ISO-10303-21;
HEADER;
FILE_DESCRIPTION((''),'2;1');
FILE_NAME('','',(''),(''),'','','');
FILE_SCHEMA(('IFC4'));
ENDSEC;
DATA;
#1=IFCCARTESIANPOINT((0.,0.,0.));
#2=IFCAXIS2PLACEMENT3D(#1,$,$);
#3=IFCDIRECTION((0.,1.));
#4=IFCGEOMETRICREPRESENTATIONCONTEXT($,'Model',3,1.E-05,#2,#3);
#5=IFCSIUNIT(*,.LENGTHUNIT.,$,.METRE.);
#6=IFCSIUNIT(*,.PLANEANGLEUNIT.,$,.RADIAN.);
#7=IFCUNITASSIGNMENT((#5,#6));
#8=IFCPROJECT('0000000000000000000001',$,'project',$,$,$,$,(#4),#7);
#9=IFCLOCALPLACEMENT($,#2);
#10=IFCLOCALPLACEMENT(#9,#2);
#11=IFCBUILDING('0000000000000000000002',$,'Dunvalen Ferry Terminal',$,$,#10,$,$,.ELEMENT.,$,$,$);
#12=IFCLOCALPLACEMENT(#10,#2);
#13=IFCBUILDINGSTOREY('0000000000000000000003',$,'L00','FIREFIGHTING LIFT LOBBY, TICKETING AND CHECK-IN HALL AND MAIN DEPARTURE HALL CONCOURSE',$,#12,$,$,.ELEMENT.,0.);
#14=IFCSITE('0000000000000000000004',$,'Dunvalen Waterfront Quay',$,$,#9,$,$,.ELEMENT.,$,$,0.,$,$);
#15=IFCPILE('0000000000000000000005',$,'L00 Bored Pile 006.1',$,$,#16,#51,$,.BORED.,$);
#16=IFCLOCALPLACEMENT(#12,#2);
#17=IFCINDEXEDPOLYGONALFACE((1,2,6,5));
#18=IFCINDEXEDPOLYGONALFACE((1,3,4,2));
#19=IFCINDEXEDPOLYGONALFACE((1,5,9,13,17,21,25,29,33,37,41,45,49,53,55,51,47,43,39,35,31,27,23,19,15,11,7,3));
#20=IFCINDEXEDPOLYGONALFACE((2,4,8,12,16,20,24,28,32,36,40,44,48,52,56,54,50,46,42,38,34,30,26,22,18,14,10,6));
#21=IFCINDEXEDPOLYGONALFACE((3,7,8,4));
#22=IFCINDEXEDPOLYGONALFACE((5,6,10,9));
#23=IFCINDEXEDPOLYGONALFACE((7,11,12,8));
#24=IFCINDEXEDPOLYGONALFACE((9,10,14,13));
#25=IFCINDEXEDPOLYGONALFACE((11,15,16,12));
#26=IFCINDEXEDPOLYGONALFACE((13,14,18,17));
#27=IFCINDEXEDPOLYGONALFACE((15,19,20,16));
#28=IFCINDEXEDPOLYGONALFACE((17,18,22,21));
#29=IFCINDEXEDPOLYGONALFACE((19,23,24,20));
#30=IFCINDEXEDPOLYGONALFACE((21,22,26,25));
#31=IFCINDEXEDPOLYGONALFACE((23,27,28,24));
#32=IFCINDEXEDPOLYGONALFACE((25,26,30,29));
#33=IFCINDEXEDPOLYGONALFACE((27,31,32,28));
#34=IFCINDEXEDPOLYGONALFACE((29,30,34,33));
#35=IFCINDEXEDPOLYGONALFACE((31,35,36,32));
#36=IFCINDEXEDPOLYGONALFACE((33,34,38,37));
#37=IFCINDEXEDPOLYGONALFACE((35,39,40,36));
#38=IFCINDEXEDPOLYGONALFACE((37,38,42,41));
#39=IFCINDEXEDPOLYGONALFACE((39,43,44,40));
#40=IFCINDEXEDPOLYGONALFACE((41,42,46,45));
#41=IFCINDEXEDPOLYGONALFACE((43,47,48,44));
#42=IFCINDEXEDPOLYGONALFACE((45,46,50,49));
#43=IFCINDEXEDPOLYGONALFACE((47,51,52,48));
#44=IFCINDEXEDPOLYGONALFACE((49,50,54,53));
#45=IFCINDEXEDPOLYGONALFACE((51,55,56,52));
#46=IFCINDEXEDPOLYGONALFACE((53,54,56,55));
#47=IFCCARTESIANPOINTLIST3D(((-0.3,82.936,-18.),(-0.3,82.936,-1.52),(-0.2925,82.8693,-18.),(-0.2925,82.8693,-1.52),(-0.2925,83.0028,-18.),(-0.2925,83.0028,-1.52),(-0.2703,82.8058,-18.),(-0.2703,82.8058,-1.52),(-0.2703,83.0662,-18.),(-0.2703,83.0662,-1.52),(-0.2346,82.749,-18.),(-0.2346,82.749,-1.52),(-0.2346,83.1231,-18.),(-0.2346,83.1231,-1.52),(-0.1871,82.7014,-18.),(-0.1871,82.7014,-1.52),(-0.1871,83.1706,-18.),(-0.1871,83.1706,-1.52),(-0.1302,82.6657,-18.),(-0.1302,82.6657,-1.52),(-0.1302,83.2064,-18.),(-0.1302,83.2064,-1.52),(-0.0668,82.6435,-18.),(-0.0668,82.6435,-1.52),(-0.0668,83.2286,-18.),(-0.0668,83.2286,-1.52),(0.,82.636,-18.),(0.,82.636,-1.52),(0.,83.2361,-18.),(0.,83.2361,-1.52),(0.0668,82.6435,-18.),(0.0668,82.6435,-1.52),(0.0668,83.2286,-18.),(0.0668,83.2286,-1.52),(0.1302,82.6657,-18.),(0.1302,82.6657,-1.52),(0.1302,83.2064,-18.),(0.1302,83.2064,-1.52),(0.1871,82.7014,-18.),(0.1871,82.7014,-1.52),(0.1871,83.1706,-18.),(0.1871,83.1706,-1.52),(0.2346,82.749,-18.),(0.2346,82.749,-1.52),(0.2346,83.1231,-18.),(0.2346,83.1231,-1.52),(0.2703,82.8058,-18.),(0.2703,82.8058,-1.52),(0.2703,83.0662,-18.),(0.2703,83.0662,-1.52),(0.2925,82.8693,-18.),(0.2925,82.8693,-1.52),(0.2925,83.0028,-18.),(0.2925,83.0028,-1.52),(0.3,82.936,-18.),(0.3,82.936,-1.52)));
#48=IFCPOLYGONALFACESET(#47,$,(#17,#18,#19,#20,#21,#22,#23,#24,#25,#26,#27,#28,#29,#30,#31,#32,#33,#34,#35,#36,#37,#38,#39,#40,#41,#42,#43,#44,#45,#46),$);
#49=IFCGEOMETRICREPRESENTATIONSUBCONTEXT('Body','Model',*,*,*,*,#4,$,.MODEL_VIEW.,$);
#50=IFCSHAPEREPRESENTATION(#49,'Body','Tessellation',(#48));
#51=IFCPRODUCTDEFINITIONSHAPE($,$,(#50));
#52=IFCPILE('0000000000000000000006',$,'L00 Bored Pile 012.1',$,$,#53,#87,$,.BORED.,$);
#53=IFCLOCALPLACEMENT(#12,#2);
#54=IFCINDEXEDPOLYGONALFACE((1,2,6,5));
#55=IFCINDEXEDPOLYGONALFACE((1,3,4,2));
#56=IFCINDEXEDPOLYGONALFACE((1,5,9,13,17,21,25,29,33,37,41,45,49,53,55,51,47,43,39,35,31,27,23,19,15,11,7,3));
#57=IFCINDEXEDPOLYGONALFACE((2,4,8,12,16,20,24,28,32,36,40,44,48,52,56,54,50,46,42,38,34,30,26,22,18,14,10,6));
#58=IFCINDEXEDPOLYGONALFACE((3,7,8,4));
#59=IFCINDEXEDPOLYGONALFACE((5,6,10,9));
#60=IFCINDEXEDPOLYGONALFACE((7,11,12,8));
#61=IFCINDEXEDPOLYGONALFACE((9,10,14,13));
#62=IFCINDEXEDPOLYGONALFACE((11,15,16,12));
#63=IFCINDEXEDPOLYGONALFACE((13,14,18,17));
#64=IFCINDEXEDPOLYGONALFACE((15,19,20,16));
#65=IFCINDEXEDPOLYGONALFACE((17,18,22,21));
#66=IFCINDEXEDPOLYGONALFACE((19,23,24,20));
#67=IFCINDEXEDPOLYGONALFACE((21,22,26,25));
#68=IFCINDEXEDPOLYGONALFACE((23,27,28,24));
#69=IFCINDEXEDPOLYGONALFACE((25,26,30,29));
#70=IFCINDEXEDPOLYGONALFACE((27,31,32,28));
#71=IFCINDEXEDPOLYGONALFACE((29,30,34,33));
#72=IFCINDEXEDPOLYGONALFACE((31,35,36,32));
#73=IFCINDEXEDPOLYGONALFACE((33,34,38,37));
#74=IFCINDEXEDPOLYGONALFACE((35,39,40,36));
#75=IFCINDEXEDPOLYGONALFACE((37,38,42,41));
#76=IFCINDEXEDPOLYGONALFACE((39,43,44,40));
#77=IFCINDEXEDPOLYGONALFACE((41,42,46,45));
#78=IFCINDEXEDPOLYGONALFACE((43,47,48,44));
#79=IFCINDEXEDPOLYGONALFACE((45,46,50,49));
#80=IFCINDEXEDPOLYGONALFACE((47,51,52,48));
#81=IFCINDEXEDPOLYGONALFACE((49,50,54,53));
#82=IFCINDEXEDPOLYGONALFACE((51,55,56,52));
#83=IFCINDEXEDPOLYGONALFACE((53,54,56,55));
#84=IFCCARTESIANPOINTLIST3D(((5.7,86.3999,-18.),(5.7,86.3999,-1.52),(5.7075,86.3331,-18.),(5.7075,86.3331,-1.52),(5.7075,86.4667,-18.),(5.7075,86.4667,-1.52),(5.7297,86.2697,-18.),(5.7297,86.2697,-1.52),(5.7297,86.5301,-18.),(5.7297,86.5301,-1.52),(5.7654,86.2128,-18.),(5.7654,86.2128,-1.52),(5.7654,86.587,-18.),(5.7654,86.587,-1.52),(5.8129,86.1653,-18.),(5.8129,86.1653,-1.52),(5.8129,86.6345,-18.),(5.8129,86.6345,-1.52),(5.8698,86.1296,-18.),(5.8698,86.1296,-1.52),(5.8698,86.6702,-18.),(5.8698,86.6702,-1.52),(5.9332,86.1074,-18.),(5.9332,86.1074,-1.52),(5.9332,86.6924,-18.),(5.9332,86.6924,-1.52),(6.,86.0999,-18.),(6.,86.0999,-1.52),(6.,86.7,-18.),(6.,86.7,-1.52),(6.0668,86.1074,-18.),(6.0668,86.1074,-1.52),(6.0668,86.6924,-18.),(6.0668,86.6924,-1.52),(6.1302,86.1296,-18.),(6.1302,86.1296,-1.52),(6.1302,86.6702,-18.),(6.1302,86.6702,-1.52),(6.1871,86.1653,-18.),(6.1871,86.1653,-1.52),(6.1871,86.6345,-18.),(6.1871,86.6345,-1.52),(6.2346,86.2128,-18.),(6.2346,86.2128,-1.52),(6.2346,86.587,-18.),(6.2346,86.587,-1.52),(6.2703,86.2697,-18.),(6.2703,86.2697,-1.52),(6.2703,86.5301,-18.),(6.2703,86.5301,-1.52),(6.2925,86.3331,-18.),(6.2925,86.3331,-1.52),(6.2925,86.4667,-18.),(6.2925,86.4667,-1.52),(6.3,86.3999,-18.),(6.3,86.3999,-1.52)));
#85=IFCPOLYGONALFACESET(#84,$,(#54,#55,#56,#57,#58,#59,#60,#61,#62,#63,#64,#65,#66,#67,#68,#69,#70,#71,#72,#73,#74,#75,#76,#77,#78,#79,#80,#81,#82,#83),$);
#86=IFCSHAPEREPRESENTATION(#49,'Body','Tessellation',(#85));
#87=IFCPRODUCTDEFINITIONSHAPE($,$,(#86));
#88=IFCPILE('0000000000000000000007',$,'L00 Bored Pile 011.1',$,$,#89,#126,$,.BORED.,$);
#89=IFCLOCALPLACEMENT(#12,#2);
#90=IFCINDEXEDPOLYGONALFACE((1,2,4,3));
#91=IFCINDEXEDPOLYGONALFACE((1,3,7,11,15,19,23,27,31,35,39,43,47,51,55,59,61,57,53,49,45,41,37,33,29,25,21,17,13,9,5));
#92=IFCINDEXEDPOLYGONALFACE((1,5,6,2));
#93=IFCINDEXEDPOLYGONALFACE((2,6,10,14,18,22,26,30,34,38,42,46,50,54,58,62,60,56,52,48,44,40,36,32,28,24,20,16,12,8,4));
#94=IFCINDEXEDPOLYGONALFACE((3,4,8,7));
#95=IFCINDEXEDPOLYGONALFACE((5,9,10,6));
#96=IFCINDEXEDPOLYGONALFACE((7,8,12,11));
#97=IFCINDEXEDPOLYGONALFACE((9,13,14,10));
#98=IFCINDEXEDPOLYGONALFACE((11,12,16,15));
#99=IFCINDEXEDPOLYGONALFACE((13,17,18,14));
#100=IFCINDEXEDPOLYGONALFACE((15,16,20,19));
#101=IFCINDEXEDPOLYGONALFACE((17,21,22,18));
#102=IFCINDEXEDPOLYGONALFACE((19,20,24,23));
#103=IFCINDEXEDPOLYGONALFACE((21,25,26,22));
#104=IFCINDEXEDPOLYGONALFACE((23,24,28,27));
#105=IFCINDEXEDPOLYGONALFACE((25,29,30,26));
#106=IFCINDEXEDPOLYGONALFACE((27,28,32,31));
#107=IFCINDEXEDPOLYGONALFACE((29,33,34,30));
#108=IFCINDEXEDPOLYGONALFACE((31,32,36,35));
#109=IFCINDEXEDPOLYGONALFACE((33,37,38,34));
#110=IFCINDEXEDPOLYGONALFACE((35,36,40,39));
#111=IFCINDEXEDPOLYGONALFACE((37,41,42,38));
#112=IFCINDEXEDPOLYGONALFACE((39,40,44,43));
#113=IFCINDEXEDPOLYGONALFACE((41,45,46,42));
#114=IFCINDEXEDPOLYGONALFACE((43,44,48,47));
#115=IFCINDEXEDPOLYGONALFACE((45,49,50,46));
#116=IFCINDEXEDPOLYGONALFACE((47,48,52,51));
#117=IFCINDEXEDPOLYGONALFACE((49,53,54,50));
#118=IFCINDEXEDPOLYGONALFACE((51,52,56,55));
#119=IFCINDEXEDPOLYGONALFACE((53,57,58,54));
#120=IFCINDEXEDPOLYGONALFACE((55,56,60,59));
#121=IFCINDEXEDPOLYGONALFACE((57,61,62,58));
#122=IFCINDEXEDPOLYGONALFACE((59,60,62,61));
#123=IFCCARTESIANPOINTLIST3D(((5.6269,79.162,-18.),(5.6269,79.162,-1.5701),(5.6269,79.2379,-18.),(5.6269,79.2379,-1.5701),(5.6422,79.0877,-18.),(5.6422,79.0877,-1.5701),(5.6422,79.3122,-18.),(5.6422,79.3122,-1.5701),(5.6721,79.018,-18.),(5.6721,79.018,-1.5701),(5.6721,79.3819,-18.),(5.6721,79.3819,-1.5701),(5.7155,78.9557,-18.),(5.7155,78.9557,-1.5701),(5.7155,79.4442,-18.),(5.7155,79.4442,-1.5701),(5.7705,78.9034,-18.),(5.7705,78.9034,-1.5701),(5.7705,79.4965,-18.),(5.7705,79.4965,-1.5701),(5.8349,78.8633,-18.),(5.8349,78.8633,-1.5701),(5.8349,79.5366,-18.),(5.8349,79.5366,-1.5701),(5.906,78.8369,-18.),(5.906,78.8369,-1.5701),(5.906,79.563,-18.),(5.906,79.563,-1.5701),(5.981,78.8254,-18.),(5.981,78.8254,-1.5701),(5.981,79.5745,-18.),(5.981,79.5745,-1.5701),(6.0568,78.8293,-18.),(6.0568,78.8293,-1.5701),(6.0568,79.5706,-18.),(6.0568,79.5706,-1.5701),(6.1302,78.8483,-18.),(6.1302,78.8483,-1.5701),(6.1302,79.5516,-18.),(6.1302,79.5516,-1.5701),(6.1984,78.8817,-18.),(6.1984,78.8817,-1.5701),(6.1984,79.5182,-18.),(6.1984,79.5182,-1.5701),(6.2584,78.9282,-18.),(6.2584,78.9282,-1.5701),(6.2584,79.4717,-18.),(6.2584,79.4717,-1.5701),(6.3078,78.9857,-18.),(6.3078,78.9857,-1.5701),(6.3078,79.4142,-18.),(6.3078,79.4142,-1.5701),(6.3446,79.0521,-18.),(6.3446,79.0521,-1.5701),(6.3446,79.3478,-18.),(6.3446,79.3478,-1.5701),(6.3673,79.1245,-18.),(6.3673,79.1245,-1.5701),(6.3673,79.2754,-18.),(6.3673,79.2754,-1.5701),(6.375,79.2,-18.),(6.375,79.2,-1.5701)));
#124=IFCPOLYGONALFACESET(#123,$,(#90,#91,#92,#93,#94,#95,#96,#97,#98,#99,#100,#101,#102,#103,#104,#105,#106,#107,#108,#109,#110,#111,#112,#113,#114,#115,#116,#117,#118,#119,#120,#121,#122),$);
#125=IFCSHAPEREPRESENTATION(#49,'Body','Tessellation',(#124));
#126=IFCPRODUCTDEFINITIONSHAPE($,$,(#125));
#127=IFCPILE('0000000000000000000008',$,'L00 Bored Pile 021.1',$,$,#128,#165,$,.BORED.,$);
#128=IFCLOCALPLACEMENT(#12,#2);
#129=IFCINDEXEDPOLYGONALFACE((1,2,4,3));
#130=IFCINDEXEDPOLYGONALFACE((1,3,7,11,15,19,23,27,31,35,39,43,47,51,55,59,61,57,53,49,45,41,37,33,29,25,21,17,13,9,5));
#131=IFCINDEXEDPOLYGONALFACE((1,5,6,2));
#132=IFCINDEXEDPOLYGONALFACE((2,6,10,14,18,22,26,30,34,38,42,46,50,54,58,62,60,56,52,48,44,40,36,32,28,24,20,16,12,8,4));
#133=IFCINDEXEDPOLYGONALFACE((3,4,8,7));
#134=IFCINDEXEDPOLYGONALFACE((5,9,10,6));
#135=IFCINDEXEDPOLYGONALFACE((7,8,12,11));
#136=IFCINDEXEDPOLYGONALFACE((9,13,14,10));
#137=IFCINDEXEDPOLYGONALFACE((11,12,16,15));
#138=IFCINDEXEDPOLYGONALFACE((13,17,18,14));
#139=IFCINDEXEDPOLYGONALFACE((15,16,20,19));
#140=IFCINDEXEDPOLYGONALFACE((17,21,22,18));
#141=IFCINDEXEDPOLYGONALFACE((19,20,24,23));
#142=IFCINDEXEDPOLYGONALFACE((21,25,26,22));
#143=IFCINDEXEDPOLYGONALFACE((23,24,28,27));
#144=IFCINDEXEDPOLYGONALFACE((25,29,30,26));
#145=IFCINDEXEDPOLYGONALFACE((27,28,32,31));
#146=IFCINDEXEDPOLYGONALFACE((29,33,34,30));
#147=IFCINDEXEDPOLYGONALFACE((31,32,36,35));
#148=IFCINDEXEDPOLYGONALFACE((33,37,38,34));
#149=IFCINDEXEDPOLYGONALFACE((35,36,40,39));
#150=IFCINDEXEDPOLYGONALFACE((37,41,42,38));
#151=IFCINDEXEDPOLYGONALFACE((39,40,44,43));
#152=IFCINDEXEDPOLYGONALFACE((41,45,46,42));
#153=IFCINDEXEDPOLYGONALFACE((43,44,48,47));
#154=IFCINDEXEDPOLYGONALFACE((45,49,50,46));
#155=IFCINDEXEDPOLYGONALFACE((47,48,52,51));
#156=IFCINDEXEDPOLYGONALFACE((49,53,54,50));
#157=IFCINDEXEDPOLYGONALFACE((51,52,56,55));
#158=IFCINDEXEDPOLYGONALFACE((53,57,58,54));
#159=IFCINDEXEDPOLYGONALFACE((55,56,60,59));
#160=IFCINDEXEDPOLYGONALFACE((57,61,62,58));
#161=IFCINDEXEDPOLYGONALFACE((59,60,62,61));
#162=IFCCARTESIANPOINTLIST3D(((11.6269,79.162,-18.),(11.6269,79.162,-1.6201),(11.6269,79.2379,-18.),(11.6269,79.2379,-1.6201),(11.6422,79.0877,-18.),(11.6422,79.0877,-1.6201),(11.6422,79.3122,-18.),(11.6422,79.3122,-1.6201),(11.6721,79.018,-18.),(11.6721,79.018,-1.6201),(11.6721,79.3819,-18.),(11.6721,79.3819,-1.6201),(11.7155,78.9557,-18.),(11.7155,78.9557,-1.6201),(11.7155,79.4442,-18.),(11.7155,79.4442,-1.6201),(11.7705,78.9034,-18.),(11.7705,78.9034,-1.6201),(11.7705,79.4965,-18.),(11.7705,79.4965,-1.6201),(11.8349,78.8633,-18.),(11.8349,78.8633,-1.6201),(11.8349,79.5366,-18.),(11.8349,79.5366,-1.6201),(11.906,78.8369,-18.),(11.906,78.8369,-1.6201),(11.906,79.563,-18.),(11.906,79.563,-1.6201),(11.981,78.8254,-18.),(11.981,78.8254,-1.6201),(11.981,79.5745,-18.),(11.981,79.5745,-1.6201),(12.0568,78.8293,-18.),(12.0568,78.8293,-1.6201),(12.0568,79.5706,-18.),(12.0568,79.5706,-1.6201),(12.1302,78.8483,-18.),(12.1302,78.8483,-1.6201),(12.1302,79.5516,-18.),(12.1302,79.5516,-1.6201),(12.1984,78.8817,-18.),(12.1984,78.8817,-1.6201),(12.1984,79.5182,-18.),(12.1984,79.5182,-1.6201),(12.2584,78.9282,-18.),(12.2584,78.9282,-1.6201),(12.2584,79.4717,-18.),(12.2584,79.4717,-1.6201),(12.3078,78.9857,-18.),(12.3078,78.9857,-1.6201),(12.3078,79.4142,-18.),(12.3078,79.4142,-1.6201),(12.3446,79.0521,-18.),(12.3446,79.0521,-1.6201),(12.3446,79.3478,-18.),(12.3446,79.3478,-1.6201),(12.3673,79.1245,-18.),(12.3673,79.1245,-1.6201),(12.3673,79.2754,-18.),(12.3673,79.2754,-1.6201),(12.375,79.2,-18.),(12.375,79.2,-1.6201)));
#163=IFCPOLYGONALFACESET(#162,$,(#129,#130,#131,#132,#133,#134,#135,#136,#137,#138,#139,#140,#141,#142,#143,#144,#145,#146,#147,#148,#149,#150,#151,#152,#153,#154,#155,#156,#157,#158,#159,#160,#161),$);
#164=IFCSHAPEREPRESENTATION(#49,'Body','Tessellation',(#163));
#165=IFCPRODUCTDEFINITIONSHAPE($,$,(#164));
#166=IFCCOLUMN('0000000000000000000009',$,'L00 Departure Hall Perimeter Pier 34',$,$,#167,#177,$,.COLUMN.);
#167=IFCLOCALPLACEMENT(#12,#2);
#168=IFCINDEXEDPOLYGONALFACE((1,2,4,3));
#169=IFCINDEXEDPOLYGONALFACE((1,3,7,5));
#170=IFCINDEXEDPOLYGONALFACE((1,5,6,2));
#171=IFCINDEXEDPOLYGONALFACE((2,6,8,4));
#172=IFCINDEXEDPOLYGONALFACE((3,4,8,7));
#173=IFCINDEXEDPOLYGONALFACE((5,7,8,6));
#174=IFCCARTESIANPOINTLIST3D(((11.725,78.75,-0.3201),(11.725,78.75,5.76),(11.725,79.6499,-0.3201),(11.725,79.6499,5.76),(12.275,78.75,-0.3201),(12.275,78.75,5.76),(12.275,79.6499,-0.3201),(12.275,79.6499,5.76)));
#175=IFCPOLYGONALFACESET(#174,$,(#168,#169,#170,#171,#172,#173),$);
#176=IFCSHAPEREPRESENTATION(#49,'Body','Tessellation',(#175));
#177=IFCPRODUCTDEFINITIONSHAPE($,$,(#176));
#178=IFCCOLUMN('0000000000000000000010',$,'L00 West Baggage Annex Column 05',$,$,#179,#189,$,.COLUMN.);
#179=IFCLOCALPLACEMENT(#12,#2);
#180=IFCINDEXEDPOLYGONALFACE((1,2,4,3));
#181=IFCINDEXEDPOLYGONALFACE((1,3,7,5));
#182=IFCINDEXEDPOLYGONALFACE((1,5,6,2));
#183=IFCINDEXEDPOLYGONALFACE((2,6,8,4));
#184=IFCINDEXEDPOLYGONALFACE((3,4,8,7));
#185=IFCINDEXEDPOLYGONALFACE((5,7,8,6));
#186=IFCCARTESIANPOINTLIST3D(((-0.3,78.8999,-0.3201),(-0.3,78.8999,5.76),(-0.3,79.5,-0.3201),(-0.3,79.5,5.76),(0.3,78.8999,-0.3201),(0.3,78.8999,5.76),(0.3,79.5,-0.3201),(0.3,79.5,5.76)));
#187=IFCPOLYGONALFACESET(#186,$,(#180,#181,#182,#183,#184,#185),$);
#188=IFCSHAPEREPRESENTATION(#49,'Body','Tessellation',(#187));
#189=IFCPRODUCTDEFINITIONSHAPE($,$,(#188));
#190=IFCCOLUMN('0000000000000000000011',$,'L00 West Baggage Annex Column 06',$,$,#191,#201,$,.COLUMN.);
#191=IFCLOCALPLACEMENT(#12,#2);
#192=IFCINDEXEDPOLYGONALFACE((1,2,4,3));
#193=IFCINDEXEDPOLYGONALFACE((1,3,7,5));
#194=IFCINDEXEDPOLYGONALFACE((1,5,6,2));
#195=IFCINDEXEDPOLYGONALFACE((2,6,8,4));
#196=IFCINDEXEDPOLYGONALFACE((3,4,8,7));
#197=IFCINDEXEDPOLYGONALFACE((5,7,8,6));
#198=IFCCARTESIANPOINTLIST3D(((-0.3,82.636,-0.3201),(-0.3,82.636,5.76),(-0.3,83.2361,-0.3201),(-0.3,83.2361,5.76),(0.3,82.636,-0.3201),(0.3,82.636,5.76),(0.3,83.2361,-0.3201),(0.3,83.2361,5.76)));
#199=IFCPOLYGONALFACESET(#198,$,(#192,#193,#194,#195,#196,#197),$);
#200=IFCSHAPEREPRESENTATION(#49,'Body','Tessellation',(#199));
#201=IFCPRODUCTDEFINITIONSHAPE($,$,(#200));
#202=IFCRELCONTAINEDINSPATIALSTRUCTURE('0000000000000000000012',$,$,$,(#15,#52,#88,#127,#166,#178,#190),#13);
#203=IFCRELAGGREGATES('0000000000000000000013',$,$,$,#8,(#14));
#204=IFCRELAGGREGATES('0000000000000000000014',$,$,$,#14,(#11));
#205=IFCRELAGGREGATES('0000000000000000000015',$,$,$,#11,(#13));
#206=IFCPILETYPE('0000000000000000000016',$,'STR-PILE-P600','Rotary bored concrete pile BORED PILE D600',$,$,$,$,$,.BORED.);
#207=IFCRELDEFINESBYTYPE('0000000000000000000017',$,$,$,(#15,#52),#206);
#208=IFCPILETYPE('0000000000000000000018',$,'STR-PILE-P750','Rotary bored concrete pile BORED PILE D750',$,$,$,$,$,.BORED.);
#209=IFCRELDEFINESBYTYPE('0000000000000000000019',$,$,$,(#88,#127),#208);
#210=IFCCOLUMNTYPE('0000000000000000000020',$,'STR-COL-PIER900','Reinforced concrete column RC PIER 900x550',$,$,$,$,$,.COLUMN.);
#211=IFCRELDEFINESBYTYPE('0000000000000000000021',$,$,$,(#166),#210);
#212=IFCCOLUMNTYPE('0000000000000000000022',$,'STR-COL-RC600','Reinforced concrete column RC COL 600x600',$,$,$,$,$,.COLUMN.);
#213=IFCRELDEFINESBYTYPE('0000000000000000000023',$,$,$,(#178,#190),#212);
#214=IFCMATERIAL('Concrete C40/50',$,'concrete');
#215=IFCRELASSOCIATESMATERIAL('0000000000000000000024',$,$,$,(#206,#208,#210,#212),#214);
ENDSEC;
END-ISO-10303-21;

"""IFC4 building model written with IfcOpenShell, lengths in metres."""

from ifc_helpers import new_model, si_unit, direction, frame, origin, origin_2d, place, context, subcontext, project, spatial, rectangle, circle, extrude, material, material_profile, profile_set, type_object, element, save


model = new_model("IFC4")

# Units and contexts
model_context = context("Model", 3, precision=1e-05, world=origin(), true_north=direction((0.0, 1.0)))
body_context = subcontext(model_context, "Body", "Model", "MODEL_VIEW")
ifc_project = project(units=[si_unit("LENGTHUNIT", "METRE"), si_unit("PLANEANGLEUNIT", "RADIAN")], contexts=[model_context])

# Site, building, storey
site_placement = place(None, origin())
site = spatial("IfcSite", under=ifc_project, at=site_placement, Name="Dunvalen Waterfront Quay", CompositionType="ELEMENT", RefElevation=0.0)
building_placement = place(site_placement, origin())
building = spatial("IfcBuilding", under=site, at=building_placement, Name="Dunvalen Ferry Terminal", CompositionType="ELEMENT")
storey_placement = place(building_placement, origin())
storey = spatial("IfcBuildingStorey", under=building, at=storey_placement, Name="L00", Description="FIREFIGHTING LIFT LOBBY, TICKETING AND CHECK-IN HALL AND MAIN DEPARTURE HALL CONCOURSE", CompositionType="ELEMENT", Elevation=0.0)

# Shared definitions
ifc_material_1 = material(Name="Concrete C40/50", Category="concrete")

# Piles
ifc_material_profile_1 = material_profile(ifc_material_1, circle(Radius=0.3, at=origin_2d()), Name="Concrete C40/50")
ifc_profile_set_1 = profile_set([ifc_material_profile_1], Name="Concrete C40/50")
pile_type_1 = type_object("IfcPileType", Name="STR-PILE-P600", Description="Rotary bored concrete pile BORED PILE D600", PredefinedType="BORED", material=ifc_profile_set_1)
for number, where, z_axis, x_axis, name in (
    (1, (0.0, 82.936, -1.52), (0.0, 0.0, -1.0), (1.0, 0.0, 0.0), "L00 Bored Pile 006.1"),
    (2, (6.0, 86.3999, -1.52), (0.0, 0.0, -1.0), (1.0, 0.0, 0.0), "L00 Bored Pile 012.1"),
):
    element("IfcPile", number, at=place(storey_placement, frame(where, z_axis=z_axis, x_axis=x_axis)), inside=storey, type_object=pile_type_1, Name=name, PredefinedType="BORED", context=body_context, shape_type="SweptSolid", body=[
        extrude(circle(Radius=0.3, at=origin_2d()), origin(), (0.0, 0.0, 1.0), 16.48),
    ])
ifc_material_profile_2 = material_profile(ifc_material_1, circle(Radius=0.375, at=origin_2d()), Name="Concrete C40/50")
ifc_profile_set_2 = profile_set([ifc_material_profile_2], Name="Concrete C40/50")
pile_type_2 = type_object("IfcPileType", Name="STR-PILE-P750", Description="Rotary bored concrete pile BORED PILE D750", PredefinedType="BORED", material=ifc_profile_set_2)
pile_1_placement = place(storey_placement, frame((6.0, 79.2, -1.5701), z_axis=(0.0, 0.0, -1.0), x_axis=(1.0, 0.0, 0.0)))
element("IfcPile", 3, at=pile_1_placement, inside=storey, type_object=pile_type_2, Name="L00 Bored Pile 011.1", PredefinedType="BORED", context=body_context, shape_type="SweptSolid", body=[
    extrude(circle(Radius=0.375, at=origin_2d()), origin(), (0.0, 0.0, 1.0), 16.4299),
])
pile_2_placement = place(storey_placement, frame((12.0, 79.2, -1.6201), z_axis=(0.0, 0.0, -1.0), x_axis=(1.0, 0.0, 0.0)))
element("IfcPile", 4, at=pile_2_placement, inside=storey, type_object=pile_type_2, Name="L00 Bored Pile 021.1", PredefinedType="BORED", context=body_context, shape_type="SweptSolid", body=[
    extrude(circle(Radius=0.375, at=origin_2d()), origin(), (0.0, 0.0, 1.0), 16.3799),
])

# Columns
ifc_material_profile_3 = material_profile(ifc_material_1, rectangle(XDim=0.55, YDim=0.8999, at=origin_2d()), Name="Concrete C40/50")
ifc_profile_set_3 = profile_set([ifc_material_profile_3], Name="Concrete C40/50")
column_type_1 = type_object("IfcColumnType", Name="STR-COL-PIER900", Description="Reinforced concrete column RC PIER 900x550", PredefinedType="COLUMN", material=ifc_profile_set_3)
column_placement = place(storey_placement, frame((12.0, 79.2, -0.3201), z_axis=(0.0, 0.0, 1.0), x_axis=(1.0, 0.0, 0.0)))
element("IfcColumn", 5, at=column_placement, inside=storey, type_object=column_type_1, Name="L00 Departure Hall Perimeter Pier 34", PredefinedType="COLUMN", context=body_context, shape_type="SweptSolid", body=[
    extrude(rectangle(XDim=0.55, YDim=0.8999, at=origin_2d()), origin(), (0.0, 0.0, 1.0), 6.0801),
])
ifc_material_profile_4 = material_profile(ifc_material_1, rectangle(XDim=0.6001, YDim=0.6001, at=origin_2d()), Name="Concrete C40/50")
ifc_profile_set_4 = profile_set([ifc_material_profile_4], Name="Concrete C40/50")
column_type_2 = type_object("IfcColumnType", Name="STR-COL-RC600", Description="Reinforced concrete column RC COL 600x600", PredefinedType="COLUMN", material=ifc_profile_set_4)
for number, where, z_axis, x_axis, name in (
    (6, (0.0, 79.2, -0.3201), (0.0, 0.0, 1.0), (1.0, 0.0, 0.0), "L00 West Baggage Annex Column 05"),
    (7, (0.0, 82.936, -0.3201), (0.0, 0.0, 1.0), (1.0, 0.0, 0.0), "L00 West Baggage Annex Column 06"),
):
    element("IfcColumn", number, at=place(storey_placement, frame(where, z_axis=z_axis, x_axis=x_axis)), inside=storey, type_object=column_type_2, Name=name, PredefinedType="COLUMN", context=body_context, shape_type="SweptSolid", body=[
        extrude(rectangle(XDim=0.6001, YDim=0.6001, at=origin_2d()), origin(), (0.0, 0.0, 1.0), 6.0801),
    ])

save(model, "model.ifc")
